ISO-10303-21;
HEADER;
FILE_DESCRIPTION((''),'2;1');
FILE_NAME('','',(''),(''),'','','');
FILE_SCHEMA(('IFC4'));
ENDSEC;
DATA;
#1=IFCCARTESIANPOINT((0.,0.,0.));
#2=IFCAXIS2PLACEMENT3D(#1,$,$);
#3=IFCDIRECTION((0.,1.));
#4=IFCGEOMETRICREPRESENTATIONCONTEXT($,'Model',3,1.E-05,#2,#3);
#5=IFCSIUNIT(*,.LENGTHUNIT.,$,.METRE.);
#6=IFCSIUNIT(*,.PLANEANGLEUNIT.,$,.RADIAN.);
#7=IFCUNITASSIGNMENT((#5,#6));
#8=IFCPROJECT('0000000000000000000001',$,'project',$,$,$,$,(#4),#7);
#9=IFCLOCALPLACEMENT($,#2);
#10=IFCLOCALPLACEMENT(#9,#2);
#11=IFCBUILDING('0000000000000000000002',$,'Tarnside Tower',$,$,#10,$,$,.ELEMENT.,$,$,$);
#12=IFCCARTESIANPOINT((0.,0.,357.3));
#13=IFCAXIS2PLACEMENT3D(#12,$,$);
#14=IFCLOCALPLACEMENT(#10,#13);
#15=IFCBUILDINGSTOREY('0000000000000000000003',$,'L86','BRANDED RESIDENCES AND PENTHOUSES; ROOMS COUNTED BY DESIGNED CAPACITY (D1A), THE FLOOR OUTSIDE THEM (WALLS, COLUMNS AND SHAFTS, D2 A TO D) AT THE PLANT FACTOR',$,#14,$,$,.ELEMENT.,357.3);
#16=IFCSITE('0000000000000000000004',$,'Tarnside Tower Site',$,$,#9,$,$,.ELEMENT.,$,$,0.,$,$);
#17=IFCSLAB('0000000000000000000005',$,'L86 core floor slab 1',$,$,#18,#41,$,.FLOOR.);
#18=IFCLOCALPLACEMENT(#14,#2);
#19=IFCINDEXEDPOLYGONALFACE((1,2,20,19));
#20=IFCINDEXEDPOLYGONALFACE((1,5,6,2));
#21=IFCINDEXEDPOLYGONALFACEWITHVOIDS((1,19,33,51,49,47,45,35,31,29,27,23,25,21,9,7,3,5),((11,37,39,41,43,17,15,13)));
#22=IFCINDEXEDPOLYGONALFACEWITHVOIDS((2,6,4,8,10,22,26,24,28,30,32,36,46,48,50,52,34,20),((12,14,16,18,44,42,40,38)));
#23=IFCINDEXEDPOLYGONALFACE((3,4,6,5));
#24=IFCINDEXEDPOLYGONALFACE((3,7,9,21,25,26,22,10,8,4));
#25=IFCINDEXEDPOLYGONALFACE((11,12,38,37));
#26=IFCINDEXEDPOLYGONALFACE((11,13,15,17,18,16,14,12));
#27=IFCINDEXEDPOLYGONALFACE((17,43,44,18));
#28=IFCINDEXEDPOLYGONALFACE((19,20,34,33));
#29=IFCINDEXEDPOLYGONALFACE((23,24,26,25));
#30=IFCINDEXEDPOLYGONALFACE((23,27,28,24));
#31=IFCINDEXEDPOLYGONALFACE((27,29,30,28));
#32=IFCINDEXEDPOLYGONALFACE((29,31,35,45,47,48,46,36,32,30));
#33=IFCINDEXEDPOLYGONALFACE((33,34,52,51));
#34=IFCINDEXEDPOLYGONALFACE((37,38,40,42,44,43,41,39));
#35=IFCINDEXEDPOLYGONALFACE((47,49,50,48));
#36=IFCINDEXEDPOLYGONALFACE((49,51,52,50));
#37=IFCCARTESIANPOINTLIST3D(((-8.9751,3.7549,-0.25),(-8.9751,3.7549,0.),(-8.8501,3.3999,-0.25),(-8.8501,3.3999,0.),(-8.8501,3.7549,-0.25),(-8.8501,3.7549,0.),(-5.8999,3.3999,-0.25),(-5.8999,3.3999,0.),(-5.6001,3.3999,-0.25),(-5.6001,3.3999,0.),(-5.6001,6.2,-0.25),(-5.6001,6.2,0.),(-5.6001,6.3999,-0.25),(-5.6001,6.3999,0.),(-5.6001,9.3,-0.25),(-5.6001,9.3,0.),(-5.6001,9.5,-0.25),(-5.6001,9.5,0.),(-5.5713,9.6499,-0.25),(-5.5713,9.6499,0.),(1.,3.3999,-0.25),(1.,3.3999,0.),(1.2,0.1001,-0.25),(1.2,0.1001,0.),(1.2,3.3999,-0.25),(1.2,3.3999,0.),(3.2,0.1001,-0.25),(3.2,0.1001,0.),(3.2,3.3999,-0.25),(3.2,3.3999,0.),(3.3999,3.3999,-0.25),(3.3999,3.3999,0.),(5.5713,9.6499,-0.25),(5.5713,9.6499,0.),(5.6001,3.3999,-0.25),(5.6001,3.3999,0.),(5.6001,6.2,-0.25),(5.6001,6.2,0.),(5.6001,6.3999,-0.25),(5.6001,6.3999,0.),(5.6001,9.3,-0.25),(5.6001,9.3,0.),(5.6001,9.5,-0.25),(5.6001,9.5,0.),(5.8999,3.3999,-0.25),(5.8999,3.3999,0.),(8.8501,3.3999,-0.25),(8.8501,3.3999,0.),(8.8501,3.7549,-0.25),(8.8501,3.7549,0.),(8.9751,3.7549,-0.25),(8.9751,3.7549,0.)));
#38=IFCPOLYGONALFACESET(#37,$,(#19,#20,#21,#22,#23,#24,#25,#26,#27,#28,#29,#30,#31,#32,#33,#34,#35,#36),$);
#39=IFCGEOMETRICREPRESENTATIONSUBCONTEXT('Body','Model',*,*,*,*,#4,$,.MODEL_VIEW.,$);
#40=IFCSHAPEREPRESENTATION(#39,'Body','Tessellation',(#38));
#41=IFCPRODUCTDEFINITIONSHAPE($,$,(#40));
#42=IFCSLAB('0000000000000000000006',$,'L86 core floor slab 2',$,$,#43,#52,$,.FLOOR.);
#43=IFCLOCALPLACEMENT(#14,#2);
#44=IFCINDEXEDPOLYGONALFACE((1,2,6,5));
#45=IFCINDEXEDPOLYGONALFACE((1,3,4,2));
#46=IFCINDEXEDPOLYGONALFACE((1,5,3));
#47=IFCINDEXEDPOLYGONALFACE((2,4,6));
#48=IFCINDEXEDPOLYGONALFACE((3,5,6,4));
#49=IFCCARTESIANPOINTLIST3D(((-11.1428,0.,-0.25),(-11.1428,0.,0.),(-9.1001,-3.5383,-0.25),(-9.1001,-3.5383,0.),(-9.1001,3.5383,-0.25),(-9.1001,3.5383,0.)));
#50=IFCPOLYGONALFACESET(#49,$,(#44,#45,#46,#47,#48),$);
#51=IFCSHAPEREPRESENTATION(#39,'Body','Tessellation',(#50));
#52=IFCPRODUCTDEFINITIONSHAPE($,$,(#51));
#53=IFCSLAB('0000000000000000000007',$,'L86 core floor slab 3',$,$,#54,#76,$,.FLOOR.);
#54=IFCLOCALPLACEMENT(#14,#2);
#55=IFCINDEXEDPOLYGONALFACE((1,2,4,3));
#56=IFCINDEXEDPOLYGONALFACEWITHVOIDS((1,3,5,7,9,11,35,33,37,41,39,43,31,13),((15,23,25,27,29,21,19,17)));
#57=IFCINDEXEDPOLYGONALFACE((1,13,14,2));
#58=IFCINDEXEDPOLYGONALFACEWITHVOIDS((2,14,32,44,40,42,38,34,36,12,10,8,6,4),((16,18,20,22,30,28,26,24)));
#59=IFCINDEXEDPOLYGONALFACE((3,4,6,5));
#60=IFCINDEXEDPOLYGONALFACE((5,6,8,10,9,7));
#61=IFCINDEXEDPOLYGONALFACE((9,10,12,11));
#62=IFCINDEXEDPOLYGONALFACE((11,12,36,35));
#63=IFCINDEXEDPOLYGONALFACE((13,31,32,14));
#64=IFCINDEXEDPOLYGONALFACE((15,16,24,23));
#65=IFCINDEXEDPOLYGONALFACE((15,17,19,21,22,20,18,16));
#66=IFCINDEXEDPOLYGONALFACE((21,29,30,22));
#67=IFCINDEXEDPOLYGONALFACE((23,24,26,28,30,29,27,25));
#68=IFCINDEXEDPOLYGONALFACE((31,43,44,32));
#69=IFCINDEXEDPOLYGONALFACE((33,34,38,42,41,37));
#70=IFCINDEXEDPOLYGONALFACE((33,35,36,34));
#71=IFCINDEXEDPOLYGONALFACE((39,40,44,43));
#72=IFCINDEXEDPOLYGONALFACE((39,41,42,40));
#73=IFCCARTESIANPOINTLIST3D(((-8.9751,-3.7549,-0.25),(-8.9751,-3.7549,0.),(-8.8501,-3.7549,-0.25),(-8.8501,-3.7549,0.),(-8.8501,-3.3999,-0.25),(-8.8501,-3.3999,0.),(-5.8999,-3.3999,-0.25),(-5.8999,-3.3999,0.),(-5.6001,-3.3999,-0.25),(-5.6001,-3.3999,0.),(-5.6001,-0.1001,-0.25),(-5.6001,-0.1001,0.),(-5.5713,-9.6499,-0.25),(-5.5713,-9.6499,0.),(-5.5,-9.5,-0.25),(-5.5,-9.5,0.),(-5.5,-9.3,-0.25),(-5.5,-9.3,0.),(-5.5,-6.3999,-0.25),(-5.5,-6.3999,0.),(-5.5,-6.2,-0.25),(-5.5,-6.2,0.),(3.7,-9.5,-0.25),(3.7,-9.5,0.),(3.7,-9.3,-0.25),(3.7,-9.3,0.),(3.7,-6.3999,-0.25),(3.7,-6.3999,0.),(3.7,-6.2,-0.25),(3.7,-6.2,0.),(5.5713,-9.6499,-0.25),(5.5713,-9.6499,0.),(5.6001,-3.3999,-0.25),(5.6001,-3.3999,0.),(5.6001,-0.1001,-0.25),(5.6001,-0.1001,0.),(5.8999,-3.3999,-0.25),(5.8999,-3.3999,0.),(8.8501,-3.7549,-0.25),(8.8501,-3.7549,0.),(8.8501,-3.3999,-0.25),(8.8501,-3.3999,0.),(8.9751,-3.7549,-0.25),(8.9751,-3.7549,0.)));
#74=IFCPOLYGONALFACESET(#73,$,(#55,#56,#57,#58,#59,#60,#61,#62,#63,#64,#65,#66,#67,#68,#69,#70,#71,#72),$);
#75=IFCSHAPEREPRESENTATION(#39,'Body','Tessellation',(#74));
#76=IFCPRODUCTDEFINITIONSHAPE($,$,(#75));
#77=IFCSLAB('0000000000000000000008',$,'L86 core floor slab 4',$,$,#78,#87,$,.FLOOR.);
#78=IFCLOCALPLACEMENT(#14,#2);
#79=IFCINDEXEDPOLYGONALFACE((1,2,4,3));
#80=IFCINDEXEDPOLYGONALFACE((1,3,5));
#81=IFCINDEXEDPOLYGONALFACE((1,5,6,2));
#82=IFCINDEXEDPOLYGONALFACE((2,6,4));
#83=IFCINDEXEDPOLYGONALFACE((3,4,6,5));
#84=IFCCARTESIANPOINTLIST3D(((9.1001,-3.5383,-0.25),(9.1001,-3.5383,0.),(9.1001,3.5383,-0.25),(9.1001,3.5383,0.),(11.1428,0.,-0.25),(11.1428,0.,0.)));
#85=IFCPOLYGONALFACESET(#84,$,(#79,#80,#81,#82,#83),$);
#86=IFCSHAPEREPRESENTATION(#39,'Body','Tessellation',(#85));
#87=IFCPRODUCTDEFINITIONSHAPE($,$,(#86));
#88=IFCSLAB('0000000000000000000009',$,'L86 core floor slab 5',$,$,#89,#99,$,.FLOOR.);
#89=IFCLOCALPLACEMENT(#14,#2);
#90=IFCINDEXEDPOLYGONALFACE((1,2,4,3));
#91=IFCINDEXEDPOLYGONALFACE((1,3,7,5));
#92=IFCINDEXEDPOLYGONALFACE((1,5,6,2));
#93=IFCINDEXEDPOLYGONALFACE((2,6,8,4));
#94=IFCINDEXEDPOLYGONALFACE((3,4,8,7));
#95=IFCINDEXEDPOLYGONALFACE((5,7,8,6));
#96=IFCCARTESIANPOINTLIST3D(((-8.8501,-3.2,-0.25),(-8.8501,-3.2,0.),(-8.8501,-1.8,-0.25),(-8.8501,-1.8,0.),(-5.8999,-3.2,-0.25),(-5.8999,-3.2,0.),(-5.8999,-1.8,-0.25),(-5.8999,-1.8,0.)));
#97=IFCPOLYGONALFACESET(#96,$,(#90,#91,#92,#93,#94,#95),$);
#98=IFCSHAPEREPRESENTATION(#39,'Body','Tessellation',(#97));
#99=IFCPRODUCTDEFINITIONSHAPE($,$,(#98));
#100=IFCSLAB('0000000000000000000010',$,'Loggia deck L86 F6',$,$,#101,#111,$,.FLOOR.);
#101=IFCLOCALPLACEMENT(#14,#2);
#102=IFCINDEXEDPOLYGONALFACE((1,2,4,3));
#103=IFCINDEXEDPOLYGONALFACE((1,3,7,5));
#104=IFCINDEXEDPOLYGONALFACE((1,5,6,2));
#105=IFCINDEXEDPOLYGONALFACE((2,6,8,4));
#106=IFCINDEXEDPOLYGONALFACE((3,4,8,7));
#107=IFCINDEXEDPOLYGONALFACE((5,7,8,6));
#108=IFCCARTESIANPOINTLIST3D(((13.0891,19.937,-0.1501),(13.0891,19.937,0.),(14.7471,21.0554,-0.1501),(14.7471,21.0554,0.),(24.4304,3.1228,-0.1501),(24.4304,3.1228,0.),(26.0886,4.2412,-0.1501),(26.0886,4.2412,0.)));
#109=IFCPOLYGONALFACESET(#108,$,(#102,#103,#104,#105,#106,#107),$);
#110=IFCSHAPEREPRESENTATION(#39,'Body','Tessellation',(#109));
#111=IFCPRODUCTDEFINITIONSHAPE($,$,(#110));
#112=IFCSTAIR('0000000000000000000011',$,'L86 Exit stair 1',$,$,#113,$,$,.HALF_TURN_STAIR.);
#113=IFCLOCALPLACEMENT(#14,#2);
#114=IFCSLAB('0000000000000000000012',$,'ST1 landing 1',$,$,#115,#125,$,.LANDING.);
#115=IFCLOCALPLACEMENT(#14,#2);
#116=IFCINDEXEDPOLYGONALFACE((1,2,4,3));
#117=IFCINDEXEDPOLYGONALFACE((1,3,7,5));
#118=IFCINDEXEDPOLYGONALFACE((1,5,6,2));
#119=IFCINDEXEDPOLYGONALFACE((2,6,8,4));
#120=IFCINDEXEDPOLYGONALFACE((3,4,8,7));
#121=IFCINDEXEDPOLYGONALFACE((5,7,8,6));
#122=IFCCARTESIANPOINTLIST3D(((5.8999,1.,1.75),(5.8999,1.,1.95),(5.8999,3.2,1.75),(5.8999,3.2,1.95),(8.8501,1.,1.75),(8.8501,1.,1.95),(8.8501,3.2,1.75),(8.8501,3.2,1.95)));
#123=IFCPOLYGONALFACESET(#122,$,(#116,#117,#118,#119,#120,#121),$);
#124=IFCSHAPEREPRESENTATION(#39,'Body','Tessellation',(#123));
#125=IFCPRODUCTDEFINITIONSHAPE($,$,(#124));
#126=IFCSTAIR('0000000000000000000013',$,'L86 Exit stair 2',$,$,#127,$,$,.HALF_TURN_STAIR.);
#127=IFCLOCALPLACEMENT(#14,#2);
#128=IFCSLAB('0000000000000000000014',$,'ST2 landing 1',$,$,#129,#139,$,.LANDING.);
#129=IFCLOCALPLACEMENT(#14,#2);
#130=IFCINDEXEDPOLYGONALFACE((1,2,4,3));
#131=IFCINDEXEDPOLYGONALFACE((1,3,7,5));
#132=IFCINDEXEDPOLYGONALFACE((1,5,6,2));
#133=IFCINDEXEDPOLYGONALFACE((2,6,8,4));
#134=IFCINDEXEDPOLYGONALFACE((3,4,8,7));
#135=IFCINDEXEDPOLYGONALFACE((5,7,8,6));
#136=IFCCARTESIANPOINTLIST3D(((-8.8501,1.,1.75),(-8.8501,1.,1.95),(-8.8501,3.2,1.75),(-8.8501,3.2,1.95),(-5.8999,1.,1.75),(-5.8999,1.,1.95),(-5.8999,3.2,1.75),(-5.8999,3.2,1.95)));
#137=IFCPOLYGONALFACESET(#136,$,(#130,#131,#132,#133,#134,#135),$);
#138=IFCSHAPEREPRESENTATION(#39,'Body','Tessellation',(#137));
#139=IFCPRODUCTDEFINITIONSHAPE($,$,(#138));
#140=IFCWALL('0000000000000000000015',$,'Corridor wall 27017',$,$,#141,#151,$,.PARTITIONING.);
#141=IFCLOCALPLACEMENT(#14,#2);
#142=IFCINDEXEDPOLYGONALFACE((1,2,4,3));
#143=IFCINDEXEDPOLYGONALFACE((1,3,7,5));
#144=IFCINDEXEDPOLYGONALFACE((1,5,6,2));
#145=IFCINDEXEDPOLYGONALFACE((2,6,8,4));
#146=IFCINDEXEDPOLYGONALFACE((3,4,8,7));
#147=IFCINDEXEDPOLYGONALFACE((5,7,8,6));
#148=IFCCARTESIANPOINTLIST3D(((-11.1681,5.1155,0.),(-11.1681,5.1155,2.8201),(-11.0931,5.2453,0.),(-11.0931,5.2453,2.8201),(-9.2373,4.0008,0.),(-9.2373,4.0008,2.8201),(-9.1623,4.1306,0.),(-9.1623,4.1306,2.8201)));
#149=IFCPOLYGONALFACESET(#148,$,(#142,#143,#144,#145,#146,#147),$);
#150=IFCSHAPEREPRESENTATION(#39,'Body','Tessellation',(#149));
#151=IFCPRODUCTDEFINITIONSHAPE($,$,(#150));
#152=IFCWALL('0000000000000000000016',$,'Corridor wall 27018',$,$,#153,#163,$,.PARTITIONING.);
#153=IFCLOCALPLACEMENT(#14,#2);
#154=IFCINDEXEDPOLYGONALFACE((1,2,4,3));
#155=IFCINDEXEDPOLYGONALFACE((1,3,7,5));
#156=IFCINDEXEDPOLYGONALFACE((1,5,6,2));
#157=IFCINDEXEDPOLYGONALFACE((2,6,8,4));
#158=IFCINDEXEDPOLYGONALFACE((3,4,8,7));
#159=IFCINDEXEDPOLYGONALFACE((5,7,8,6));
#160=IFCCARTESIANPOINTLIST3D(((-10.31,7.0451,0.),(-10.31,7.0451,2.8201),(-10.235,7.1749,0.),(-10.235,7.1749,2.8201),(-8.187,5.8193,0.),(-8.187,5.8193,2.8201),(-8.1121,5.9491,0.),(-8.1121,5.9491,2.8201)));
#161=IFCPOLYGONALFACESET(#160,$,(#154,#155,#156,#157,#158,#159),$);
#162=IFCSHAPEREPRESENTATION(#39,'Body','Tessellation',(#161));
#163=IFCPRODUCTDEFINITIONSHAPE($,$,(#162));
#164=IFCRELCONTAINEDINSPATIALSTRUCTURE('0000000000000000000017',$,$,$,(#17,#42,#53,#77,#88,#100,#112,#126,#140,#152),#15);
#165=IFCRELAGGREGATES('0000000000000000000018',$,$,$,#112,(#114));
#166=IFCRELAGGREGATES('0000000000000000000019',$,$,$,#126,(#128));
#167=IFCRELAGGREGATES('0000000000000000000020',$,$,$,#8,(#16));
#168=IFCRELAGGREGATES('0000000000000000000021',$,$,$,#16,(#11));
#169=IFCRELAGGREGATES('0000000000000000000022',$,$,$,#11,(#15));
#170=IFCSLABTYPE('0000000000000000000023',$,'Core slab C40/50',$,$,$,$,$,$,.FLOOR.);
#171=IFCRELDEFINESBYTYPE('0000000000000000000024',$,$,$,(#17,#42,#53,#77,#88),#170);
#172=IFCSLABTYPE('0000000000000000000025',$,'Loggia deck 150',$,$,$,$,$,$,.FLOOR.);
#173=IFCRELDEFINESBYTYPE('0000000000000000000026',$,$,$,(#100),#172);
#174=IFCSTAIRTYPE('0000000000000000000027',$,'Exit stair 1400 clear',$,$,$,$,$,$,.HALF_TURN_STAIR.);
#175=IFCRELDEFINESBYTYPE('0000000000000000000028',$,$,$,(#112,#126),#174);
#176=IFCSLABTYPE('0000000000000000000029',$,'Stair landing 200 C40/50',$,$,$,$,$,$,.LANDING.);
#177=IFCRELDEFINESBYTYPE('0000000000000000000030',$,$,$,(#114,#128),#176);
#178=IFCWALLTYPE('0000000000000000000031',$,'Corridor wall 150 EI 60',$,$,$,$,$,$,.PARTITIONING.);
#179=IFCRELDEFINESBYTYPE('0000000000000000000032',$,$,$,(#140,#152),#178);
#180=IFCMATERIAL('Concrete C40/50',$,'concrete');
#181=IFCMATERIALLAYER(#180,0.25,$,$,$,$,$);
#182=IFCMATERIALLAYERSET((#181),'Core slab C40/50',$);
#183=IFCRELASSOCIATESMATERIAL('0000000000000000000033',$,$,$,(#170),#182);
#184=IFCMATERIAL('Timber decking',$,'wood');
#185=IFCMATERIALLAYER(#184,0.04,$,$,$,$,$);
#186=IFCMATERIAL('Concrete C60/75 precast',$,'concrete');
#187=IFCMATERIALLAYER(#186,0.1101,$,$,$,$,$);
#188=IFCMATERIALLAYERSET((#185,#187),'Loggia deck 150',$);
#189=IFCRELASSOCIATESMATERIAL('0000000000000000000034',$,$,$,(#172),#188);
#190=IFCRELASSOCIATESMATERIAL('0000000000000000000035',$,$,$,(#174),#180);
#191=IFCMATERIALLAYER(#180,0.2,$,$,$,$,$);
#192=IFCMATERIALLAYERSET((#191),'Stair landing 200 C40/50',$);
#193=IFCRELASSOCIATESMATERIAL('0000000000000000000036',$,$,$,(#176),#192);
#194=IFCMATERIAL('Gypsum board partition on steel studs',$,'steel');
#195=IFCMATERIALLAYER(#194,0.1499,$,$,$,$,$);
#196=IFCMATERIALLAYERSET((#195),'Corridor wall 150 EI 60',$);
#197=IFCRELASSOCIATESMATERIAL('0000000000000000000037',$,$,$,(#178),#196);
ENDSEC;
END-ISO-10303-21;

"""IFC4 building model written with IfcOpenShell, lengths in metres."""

from ifc_helpers import new_model, si_unit, direction, frame, frame_2d, origin, place, context, subcontext, project, spatial, polyline, rectangle, outline, extrude, material, layer, layer_set, type_object, element, aggregate, save


model = new_model("IFC4")

# Units and contexts
model_context = context("Model", 3, precision=1e-05, world=origin(), true_north=direction((0.0, 1.0)))
body_context = subcontext(model_context, "Body", "Model", "MODEL_VIEW")
ifc_project = project(units=[si_unit("LENGTHUNIT", "METRE"), si_unit("PLANEANGLEUNIT", "RADIAN")], contexts=[model_context])

# Site, building, storey
site_placement = place(None, origin())
site = spatial("IfcSite", under=ifc_project, at=site_placement, Name="Tarnside Tower Site", CompositionType="ELEMENT", RefElevation=0.0)
building_placement = place(site_placement, origin())
building = spatial("IfcBuilding", under=site, at=building_placement, Name="Tarnside Tower", CompositionType="ELEMENT")
storey_placement = place(building_placement, frame((0.0, 0.0, 357.3)))
storey = spatial("IfcBuildingStorey", under=building, at=storey_placement, Name="L86", Description="BRANDED RESIDENCES AND PENTHOUSES; ROOMS COUNTED BY DESIGNED CAPACITY (D1A), THE FLOOR OUTSIDE THEM (WALLS, COLUMNS AND SHAFTS, D2 A TO D) AT THE PLANT FACTOR", CompositionType="ELEMENT", Elevation=357.3)

# Slabs
ifc_material_1 = material(Name="Concrete C40/50", Category="concrete")
ifc_layer_1 = layer(ifc_material_1, 0.25)
ifc_layer_set_1 = layer_set([ifc_layer_1], Name="Core slab C40/50")
slab_type_1 = type_object("IfcSlabType", Name="Core slab C40/50", PredefinedType="FLOOR", material=ifc_layer_set_1)
slab_1_placement = place(storey_placement, frame((0.0, 0.0, -0.25)))
element("IfcSlab", 1, at=slab_1_placement, inside=storey, type_object=slab_type_1, Name="L86 core floor slab 1", PredefinedType="FLOOR", context=body_context, shape_type="SweptSolid", body=[
    extrude(outline(polyline([(5.5713, 9.6499), (8.9751, 3.7549), (8.8501, 3.7549), (8.8501, 3.3999), (5.8999, 3.3999), (5.6001, 3.3999), (3.3999, 3.3999), (3.2, 3.3999), (3.2, 0.1001), (1.2, 0.1001), (1.2, 3.3999), (1.0, 3.3999), (-5.6001, 3.3999), (-5.8999, 3.3999), (-8.8501, 3.3999), (-8.8501, 3.7549), (-8.9751, 3.7549), (-5.5713, 9.6499), (5.5713, 9.6499)]), holes=[polyline([(-5.6001, 6.2), (5.6001, 6.2), (5.6001, 6.3999), (5.6001, 9.3), (5.6001, 9.5), (-5.6001, 9.5), (-5.6001, 9.3), (-5.6001, 6.3999), (-5.6001, 6.2)])]), origin(), (0.0, 0.0, 1.0), 0.25),
])
slab_2_placement = place(storey_placement, frame((0.0, 0.0, -0.25)))
element("IfcSlab", 2, at=slab_2_placement, inside=storey, type_object=slab_type_1, Name="L86 core floor slab 2", PredefinedType="FLOOR", context=body_context, shape_type="SweptSolid", body=[
    extrude(outline(polyline([(-9.1001, -3.5383), (-11.1428, 0.0), (-9.1001, 3.5383), (-9.1001, -3.5383)])), origin(), (0.0, 0.0, 1.0), 0.25),
])
slab_3_placement = place(storey_placement, frame((0.0, 0.0, -0.25)))
element("IfcSlab", 3, at=slab_3_placement, inside=storey, type_object=slab_type_1, Name="L86 core floor slab 3", PredefinedType="FLOOR", context=body_context, shape_type="SweptSolid", body=[
    extrude(outline(polyline([(-8.8501, -3.7549), (-8.8501, -3.3999), (-5.8999, -3.3999), (-5.6001, -3.3999), (-5.6001, -0.1001), (5.6001, -0.1001), (5.6001, -3.3999), (5.8999, -3.3999), (8.8501, -3.3999), (8.8501, -3.7549), (8.9751, -3.7549), (5.5713, -9.6499), (-5.5713, -9.6499), (-8.9751, -3.7549), (-8.8501, -3.7549)]), holes=[polyline([(-5.5, -9.5), (3.7, -9.5), (3.7, -9.3), (3.7, -6.3999), (3.7, -6.2), (-5.5, -6.2), (-5.5, -6.3999), (-5.5, -9.3), (-5.5, -9.5)])]), origin(), (0.0, 0.0, 1.0), 0.25),
])
slab_4_placement = place(storey_placement, frame((0.0, 0.0, -0.25)))
element("IfcSlab", 4, at=slab_4_placement, inside=storey, type_object=slab_type_1, Name="L86 core floor slab 4", PredefinedType="FLOOR", context=body_context, shape_type="SweptSolid", body=[
    extrude(outline(polyline([(9.1001, 3.5383), (11.1428, 0.0), (9.1001, -3.5383), (9.1001, 3.5383)])), origin(), (0.0, 0.0, 1.0), 0.25),
])
slab_5_placement = place(storey_placement, frame((0.0, 0.0, -0.25)))
element("IfcSlab", 5, at=slab_5_placement, inside=storey, type_object=slab_type_1, Name="L86 core floor slab 5", PredefinedType="FLOOR", context=body_context, shape_type="SweptSolid", body=[
    extrude(outline(polyline([(-8.8501, -3.2), (-8.8501, -1.8), (-5.8999, -1.8), (-5.8999, -3.2), (-8.8501, -3.2)])), origin(), (0.0, 0.0, 1.0), 0.25),
])
ifc_material_2 = material(Name="Timber decking", Category="wood")
ifc_layer_2 = layer(ifc_material_2, 0.04)
ifc_material_3 = material(Name="Concrete C60/75 precast", Category="concrete")
ifc_layer_3 = layer(ifc_material_3, 0.1101)
ifc_layer_set_2 = layer_set([ifc_layer_2, ifc_layer_3], Name="Loggia deck 150")
slab_type_2 = type_object("IfcSlabType", Name="Loggia deck 150", PredefinedType="FLOOR", material=ifc_layer_set_2)
slab_6_placement = place(storey_placement, frame((0.0, 0.0, -0.1501)))
element("IfcSlab", 6, at=slab_6_placement, inside=storey, type_object=slab_type_2, Name="Loggia deck L86 F6", PredefinedType="FLOOR", context=body_context, shape_type="SweptSolid", body=[
    extrude(outline(polyline([(24.4304, 3.1228), (13.0891, 19.937), (14.7471, 21.0554), (26.0886, 4.2412), (24.4304, 3.1228)])), origin(), (0.0, 0.0, 1.0), 0.1501),
])

# Stairs, slabs
stair_type = type_object("IfcStairType", Name="Exit stair 1400 clear", PredefinedType="HALF_TURN_STAIR", material=ifc_material_1)
stair_1_placement = place(storey_placement, origin())
stair_1 = element("IfcStair", 7, at=stair_1_placement, inside=storey, type_object=stair_type, Name="L86 Exit stair 1", PredefinedType="HALF_TURN_STAIR")
ifc_layer_4 = layer(ifc_material_1, 0.2)
ifc_layer_set_3 = layer_set([ifc_layer_4], Name="Stair landing 200 C40/50")
slab_type_3 = type_object("IfcSlabType", Name="Stair landing 200 C40/50", PredefinedType="LANDING", material=ifc_layer_set_3)
slab_7_placement = place(storey_placement, frame((0.0, 0.0, 1.75)))
slab_7 = element("IfcSlab", 8, at=slab_7_placement, type_object=slab_type_3, Name="ST1 landing 1", PredefinedType="LANDING", context=body_context, shape_type="SweptSolid", body=[
    extrude(outline(polyline([(8.8501, 1.0), (8.8501, 3.2), (5.8999, 3.2), (5.8999, 1.0), (8.8501, 1.0)])), origin(), (0.0, 0.0, 1.0), 0.2),
])
aggregate(stair_1, [slab_7])
stair_2_placement = place(storey_placement, origin())
stair_2 = element("IfcStair", 9, at=stair_2_placement, inside=storey, type_object=stair_type, Name="L86 Exit stair 2", PredefinedType="HALF_TURN_STAIR")
slab_8_placement = place(storey_placement, frame((0.0, 0.0, 1.75)))
slab_8 = element("IfcSlab", 10, at=slab_8_placement, type_object=slab_type_3, Name="ST2 landing 1", PredefinedType="LANDING", context=body_context, shape_type="SweptSolid", body=[
    extrude(outline(polyline([(-5.8999, 1.0), (-5.8999, 3.2), (-8.8501, 3.2), (-8.8501, 1.0), (-5.8999, 1.0)])), origin(), (0.0, 0.0, 1.0), 0.2),
])

# Walls
ifc_material_4 = material(Name="Gypsum board partition on steel studs", Category="steel")
ifc_layer_5 = layer(ifc_material_4, 0.1499)
ifc_layer_set_4 = layer_set([ifc_layer_5], Name="Corridor wall 150 EI 60")
wall_type_1 = type_object("IfcWallType", Name="Corridor wall 150 EI 60", PredefinedType="PARTITIONING", material=ifc_layer_set_4)
wall_1_placement = place(storey_placement, frame((-11.1306, 5.1804, 0.0), z_axis=(0.0, 0.0, 1.0), x_axis=(0.866038, -0.499978, 0.0)))
element("IfcWall", 11, at=wall_1_placement, inside=storey, type_object=wall_type_1, Name="Corridor wall 27017", PredefinedType="PARTITIONING", context=body_context, shape_type="SweptSolid", body=[
    extrude(rectangle(XDim=2.2295, YDim=0.1499, at=frame_2d((1.1147, 0.0))), origin(), (0.0, 0.0, 1.0), 2.8201),
])
wall_2_placement = place(storey_placement, frame((-8.1497, 5.8843, 0.0), z_axis=(0.0, 0.0, 1.0), x_axis=(-0.86601, 0.500027, 0.0)))
element("IfcWall", 12, at=wall_2_placement, inside=storey, type_object=wall_type_1, Name="Corridor wall 27018", PredefinedType="PARTITIONING", context=body_context, shape_type="SweptSolid", body=[
    extrude(rectangle(XDim=2.4514, YDim=0.1499, at=frame_2d((1.2256, 0.0))), origin(), (0.0, 0.0, 1.0), 2.8201),
])

aggregate(stair_2, [slab_8])

save(model, "model.ifc")
